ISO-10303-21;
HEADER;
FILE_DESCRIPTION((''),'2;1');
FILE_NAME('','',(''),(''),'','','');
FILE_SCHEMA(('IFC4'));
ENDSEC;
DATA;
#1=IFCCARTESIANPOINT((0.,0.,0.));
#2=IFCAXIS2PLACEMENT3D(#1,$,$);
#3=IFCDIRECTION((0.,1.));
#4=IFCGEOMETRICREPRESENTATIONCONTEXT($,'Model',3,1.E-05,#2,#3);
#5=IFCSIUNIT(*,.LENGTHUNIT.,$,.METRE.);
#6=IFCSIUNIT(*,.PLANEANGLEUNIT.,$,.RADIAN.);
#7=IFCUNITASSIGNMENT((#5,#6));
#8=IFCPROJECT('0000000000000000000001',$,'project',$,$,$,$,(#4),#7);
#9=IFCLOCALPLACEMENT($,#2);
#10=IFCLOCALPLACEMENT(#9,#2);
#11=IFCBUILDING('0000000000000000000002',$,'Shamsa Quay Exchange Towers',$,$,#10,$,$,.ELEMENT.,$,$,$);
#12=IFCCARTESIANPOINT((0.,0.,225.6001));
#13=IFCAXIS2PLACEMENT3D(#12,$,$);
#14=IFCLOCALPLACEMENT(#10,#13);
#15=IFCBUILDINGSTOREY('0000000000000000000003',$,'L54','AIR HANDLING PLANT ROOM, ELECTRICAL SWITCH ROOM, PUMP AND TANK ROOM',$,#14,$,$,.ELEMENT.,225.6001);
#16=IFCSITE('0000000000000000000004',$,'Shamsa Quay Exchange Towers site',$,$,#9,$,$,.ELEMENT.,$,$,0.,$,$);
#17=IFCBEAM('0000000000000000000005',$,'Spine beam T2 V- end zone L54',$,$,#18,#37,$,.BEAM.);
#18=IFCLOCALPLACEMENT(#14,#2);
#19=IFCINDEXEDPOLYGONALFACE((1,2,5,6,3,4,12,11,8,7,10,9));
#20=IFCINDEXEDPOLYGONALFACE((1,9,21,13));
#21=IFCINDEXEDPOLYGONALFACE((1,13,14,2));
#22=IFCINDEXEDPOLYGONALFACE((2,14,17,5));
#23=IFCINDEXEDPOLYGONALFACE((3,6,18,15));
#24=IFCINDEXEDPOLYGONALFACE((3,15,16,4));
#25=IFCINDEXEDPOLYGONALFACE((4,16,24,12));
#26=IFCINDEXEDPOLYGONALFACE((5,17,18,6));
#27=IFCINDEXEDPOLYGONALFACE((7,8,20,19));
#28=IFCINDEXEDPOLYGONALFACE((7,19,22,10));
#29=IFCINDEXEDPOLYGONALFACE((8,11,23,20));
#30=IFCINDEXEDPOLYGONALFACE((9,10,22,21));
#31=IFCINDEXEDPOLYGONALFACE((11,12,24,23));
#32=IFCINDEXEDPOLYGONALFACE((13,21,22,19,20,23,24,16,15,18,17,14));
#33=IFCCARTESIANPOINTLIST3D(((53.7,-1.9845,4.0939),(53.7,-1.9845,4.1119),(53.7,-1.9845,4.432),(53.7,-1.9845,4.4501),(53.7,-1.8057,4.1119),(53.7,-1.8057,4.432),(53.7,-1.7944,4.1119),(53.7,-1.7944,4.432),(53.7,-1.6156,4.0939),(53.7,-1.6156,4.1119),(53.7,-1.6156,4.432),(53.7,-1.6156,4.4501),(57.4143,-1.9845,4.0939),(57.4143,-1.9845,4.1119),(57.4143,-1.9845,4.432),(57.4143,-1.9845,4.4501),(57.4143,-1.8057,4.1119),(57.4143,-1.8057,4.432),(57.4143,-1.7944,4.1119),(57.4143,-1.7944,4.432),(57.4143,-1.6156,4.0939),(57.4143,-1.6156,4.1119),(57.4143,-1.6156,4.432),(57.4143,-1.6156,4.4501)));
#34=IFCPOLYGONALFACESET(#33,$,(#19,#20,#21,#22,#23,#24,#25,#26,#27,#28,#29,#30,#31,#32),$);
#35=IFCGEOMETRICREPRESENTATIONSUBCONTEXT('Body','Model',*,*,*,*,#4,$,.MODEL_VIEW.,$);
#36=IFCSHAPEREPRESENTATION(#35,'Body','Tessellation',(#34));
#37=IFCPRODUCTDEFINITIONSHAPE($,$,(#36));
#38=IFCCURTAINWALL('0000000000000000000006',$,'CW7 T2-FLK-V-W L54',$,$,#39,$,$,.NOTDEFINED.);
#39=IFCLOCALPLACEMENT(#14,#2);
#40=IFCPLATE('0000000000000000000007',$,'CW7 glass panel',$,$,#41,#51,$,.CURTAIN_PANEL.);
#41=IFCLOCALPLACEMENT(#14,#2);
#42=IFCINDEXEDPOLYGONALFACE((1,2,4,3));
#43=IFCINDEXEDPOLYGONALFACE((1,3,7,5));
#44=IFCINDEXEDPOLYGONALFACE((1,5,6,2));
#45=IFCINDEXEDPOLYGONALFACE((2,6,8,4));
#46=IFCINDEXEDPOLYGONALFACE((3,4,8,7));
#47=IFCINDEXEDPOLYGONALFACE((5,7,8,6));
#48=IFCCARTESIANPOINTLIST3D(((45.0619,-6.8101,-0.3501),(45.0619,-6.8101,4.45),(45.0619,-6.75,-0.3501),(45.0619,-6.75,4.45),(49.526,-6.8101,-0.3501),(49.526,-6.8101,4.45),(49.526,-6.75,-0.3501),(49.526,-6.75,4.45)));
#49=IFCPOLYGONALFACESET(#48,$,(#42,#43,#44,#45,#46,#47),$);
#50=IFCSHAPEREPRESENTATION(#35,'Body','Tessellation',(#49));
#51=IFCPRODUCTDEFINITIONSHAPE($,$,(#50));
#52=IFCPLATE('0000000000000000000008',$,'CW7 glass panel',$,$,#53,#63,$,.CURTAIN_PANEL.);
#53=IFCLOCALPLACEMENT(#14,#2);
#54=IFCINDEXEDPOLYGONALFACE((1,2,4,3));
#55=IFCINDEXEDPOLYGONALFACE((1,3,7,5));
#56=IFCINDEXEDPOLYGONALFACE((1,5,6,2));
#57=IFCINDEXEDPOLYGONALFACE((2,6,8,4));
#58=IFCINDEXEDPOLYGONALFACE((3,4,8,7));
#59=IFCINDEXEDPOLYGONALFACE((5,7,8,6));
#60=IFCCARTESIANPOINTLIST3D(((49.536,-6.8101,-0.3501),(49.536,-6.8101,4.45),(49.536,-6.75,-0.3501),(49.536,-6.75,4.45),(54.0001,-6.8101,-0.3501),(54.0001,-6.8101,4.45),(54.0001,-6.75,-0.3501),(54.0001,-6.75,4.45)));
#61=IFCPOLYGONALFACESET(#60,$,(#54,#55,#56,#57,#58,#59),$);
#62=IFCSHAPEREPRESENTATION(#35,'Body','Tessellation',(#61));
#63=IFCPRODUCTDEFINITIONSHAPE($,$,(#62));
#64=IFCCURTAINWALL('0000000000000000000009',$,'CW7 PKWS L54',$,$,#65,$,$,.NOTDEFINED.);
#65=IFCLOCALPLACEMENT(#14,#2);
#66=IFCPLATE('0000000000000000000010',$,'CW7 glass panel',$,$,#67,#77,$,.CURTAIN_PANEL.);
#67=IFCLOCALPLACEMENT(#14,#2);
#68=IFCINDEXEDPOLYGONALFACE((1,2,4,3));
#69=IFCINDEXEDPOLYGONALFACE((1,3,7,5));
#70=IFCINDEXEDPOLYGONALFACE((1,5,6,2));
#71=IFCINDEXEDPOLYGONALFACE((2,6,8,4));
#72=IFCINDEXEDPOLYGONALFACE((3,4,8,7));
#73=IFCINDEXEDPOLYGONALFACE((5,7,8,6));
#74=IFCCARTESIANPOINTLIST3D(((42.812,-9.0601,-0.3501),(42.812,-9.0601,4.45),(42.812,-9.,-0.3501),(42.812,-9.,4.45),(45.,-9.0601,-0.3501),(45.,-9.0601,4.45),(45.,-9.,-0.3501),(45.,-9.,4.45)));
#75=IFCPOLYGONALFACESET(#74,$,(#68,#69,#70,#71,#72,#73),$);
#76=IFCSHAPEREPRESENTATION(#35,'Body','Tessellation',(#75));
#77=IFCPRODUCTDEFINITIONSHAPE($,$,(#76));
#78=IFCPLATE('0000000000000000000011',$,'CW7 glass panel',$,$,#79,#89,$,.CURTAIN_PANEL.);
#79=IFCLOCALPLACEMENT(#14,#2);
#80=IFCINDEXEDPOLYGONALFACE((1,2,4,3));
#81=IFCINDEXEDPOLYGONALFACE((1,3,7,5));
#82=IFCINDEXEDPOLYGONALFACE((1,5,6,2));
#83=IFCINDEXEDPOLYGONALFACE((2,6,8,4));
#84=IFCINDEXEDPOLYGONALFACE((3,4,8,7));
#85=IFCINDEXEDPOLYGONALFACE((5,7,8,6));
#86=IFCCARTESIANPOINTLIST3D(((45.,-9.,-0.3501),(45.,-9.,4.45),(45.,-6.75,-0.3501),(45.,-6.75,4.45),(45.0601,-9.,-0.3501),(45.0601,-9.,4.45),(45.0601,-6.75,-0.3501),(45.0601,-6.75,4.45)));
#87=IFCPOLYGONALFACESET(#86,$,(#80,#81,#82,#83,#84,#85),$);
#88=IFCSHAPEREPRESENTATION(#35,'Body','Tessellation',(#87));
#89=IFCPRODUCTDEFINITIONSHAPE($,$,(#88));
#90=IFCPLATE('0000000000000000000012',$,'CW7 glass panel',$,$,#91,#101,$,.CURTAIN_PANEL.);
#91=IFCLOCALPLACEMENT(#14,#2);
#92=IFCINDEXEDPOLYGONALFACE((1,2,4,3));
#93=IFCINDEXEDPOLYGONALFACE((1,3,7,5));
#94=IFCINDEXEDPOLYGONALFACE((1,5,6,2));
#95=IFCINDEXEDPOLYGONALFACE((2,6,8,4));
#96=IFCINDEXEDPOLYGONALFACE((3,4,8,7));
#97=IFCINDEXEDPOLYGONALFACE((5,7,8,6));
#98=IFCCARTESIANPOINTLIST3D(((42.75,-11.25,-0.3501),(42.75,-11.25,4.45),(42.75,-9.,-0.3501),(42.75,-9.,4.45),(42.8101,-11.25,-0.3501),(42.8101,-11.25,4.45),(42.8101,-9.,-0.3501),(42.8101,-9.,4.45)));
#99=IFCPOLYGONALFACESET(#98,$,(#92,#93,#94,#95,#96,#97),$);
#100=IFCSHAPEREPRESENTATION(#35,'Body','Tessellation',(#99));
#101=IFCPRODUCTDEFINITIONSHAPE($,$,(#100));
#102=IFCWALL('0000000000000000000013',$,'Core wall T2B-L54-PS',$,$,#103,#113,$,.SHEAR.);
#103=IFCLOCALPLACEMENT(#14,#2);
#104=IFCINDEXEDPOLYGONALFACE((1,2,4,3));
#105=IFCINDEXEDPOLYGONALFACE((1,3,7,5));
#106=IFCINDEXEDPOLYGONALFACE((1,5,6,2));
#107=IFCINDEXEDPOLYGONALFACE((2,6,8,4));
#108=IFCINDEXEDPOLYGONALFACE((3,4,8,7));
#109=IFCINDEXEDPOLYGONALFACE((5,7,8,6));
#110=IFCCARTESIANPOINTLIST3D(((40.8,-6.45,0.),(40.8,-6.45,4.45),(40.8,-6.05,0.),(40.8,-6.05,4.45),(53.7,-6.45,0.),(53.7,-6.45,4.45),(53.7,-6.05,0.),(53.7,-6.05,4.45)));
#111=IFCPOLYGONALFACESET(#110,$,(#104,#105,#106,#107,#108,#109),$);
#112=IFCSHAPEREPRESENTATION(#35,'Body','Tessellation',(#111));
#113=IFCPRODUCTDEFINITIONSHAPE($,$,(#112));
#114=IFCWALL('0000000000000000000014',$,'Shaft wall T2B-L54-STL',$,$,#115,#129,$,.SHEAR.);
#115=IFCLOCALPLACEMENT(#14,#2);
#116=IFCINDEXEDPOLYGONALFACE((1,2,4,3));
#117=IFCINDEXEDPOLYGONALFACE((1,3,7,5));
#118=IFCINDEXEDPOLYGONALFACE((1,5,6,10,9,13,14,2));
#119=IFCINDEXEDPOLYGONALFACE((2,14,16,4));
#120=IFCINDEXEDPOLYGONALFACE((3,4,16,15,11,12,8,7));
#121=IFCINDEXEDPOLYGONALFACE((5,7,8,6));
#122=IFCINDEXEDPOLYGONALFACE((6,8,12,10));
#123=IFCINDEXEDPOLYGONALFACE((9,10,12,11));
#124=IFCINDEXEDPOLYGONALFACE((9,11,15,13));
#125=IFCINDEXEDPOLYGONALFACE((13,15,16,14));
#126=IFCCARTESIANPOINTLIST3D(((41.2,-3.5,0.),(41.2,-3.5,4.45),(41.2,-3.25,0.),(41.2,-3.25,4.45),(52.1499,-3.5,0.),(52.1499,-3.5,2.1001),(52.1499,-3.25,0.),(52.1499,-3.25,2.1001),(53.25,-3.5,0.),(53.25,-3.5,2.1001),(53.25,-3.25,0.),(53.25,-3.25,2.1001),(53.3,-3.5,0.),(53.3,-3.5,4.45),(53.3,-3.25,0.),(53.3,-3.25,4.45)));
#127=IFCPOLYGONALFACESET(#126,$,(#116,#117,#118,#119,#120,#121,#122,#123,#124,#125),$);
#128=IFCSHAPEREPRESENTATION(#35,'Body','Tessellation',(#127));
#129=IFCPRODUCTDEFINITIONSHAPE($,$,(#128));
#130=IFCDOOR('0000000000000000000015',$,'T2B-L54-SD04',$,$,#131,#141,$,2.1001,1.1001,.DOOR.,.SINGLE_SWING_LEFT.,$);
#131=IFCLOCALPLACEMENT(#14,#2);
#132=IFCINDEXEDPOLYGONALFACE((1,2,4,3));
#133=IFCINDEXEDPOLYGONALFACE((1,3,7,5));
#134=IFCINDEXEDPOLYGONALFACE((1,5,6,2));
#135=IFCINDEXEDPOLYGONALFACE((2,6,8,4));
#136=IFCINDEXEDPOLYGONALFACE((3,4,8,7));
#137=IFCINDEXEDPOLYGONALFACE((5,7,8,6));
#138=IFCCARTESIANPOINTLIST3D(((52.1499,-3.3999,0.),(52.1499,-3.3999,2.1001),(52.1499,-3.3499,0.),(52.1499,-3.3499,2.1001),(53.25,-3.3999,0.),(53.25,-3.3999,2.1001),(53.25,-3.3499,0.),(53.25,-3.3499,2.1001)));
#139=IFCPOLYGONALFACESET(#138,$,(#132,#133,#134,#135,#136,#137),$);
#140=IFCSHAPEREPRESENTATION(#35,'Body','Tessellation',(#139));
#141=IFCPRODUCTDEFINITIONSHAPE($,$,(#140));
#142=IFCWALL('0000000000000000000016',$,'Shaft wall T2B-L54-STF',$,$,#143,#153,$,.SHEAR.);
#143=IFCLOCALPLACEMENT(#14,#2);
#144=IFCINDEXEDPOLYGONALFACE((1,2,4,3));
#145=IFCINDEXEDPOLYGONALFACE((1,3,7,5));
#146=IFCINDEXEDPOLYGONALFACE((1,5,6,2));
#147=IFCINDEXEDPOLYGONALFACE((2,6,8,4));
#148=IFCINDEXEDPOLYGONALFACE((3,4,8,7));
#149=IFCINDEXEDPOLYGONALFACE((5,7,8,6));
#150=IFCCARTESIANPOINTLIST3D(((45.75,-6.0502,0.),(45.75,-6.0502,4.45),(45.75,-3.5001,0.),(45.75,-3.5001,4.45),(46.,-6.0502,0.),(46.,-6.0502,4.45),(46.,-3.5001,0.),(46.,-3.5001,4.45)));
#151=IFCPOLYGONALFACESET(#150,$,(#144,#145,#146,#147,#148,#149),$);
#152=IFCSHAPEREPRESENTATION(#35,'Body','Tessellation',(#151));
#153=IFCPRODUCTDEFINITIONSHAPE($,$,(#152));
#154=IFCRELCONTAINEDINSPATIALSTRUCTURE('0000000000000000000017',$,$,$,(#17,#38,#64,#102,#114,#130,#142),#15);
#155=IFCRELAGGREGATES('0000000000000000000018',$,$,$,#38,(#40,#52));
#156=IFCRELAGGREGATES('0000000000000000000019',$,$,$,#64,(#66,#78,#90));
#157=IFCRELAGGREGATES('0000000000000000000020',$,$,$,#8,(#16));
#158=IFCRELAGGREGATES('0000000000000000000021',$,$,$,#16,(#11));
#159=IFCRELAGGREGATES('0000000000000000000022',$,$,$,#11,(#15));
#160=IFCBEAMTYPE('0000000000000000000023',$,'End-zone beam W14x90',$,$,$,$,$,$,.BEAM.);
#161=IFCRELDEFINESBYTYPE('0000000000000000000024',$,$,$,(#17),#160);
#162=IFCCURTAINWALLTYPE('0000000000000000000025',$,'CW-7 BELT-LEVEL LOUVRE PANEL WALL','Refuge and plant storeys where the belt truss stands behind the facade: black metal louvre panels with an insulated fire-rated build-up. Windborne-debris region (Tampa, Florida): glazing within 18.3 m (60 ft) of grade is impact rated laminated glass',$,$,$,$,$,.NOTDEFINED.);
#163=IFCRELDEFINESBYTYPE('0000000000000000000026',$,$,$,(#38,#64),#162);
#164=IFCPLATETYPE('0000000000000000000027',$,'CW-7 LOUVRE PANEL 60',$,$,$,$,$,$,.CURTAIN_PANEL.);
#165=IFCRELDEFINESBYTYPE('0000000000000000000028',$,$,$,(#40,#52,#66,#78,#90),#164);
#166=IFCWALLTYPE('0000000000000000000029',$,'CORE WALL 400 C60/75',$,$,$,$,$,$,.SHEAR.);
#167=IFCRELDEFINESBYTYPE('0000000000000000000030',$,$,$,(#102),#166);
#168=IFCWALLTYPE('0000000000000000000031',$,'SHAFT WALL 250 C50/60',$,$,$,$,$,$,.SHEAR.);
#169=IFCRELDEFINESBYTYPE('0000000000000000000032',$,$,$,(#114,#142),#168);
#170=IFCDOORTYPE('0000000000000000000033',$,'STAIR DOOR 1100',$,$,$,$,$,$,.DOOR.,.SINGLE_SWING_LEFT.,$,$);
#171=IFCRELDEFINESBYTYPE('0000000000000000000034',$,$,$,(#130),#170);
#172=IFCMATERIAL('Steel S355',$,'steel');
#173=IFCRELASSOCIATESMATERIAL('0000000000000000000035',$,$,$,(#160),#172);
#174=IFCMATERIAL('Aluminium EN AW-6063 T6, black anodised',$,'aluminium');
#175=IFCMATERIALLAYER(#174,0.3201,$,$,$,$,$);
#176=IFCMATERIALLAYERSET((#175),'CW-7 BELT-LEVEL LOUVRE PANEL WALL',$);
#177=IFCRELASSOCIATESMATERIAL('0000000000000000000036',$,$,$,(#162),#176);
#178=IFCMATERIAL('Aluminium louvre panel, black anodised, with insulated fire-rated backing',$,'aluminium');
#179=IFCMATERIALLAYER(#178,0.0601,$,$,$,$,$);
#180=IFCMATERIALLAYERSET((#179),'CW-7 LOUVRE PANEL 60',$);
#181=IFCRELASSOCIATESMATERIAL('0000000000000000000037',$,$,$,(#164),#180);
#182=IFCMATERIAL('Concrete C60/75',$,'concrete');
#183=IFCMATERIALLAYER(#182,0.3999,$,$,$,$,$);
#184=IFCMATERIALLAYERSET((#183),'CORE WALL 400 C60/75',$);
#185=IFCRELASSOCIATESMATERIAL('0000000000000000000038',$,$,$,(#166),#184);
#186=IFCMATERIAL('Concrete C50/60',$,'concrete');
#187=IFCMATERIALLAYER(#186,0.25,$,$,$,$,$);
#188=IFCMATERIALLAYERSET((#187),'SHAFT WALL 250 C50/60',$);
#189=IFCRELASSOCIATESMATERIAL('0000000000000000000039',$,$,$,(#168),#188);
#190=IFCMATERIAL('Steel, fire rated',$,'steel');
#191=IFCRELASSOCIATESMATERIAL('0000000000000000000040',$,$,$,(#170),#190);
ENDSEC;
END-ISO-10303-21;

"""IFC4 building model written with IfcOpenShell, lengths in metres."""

from ifc_helpers import new_model, si_unit, direction, frame, frame_2d, origin, origin_2d, place, context, subcontext, project, spatial, rectangle, i_section, extrude, material, layer, layer_set, material_profile, profile_set, type_object, element, fill, aggregate, save


model = new_model("IFC4")

# Units and contexts
model_context = context("Model", 3, precision=1e-05, world=origin(), true_north=direction((0.0, 1.0)))
body_context = subcontext(model_context, "Body", "Model", "MODEL_VIEW")
ifc_project = project(units=[si_unit("LENGTHUNIT", "METRE"), si_unit("PLANEANGLEUNIT", "RADIAN")], contexts=[model_context])

# Site, building, storey
site_placement = place(None, origin())
site = spatial("IfcSite", under=ifc_project, at=site_placement, Name="Shamsa Quay Exchange Towers site", CompositionType="ELEMENT", RefElevation=0.0)
building_placement = place(site_placement, origin())
building = spatial("IfcBuilding", under=site, at=building_placement, Name="Shamsa Quay Exchange Towers", CompositionType="ELEMENT")
storey_placement = place(building_placement, frame((0.0, 0.0, 225.6001)))
storey = spatial("IfcBuildingStorey", under=building, at=storey_placement, Name="L54", Description="AIR HANDLING PLANT ROOM, ELECTRICAL SWITCH ROOM, PUMP AND TANK ROOM", CompositionType="ELEMENT", Elevation=225.6001)

# Beam
ifc_material_1 = material(Name="Steel S355", Category="steel")
ifc_material_profile = material_profile(ifc_material_1, i_section(OverallWidth=0.3689, OverallDepth=0.3562, WebThickness=0.0112, FlangeThickness=0.0181, at=origin_2d()), Name="W14x90")
ifc_profile_set = profile_set([ifc_material_profile], Name="Steel S355")
beam_type = type_object("IfcBeamType", Name="End-zone beam W14x90", PredefinedType="BEAM", material=ifc_profile_set)
beam_placement = place(storey_placement, frame((53.7, -1.8, 4.272), z_axis=(1.0, 0.0, 0.0), x_axis=(0.0, 1.0, 0.0)))
element("IfcBeam", 1, at=beam_placement, inside=storey, type_object=beam_type, Name="Spine beam T2 V- end zone L54", PredefinedType="BEAM", context=body_context, shape_type="SweptSolid", body=[
    extrude(i_section(OverallWidth=0.3689, OverallDepth=0.3562, WebThickness=0.0112, FlangeThickness=0.0181, at=origin_2d()), origin(), (0.0, 0.0, 1.0), 3.7144),
])

# Curtain walls, plates
ifc_material_2 = material(Name="Aluminium EN AW-6063 T6, black anodised", Category="aluminium")
ifc_layer_1 = layer(ifc_material_2, 0.3201)
ifc_layer_set_1 = layer_set([ifc_layer_1], Name="CW-7 BELT-LEVEL LOUVRE PANEL WALL")
curtain_wall_type = type_object("IfcCurtainWallType", Name="CW-7 BELT-LEVEL LOUVRE PANEL WALL", Description="Refuge and plant storeys where the belt truss stands behind the facade: black metal louvre panels with an insulated fire-rated build-up. Windborne-debris region (Tampa, Florida): glazing within 18.3 m (60 ft) of grade is impact rated laminated glass", PredefinedType="NOTDEFINED", material=ifc_layer_set_1)
curtain_wall_1_placement = place(storey_placement, origin())
curtain_wall_1 = element("IfcCurtainWall", 2, at=curtain_wall_1_placement, inside=storey, type_object=curtain_wall_type, Name="CW7 T2-FLK-V-W L54", PredefinedType="NOTDEFINED")
ifc_material_3 = material(Name="Aluminium louvre panel, black anodised, with insulated fire-rated backing", Category="aluminium")
ifc_layer_2 = layer(ifc_material_3, 0.0601)
ifc_layer_set_2 = layer_set([ifc_layer_2], Name="CW-7 LOUVRE PANEL 60")
plate_type = type_object("IfcPlateType", Name="CW-7 LOUVRE PANEL 60", PredefinedType="CURTAIN_PANEL", material=ifc_layer_set_2)
plate_1_placement = place(storey_placement, frame((47.2939, -6.78, -0.3501)))
plate_1 = element("IfcPlate", 3, at=plate_1_placement, type_object=plate_type, Name="CW7 glass panel", PredefinedType="CURTAIN_PANEL", context=body_context, shape_type="SweptSolid", body=[
    extrude(rectangle(XDim=4.4641, YDim=0.0601, at=origin_2d()), origin(), (0.0, 0.0, 1.0), 4.8),
])
plate_2_placement = place(storey_placement, frame((51.7681, -6.78, -0.3501)))
plate_2 = element("IfcPlate", 4, at=plate_2_placement, type_object=plate_type, Name="CW7 glass panel", PredefinedType="CURTAIN_PANEL", context=body_context, shape_type="SweptSolid", body=[
    extrude(rectangle(XDim=4.4641, YDim=0.0601, at=origin_2d()), origin(), (0.0, 0.0, 1.0), 4.8),
])
aggregate(curtain_wall_1, [plate_1, plate_2])
curtain_wall_2_placement = place(storey_placement, origin())
curtain_wall_2 = element("IfcCurtainWall", 5, at=curtain_wall_2_placement, inside=storey, type_object=curtain_wall_type, Name="CW7 PKWS L54", PredefinedType="NOTDEFINED")
plate_3_placement = place(storey_placement, frame((43.906, -9.03, -0.3501)))
plate_3 = element("IfcPlate", 6, at=plate_3_placement, type_object=plate_type, Name="CW7 glass panel", PredefinedType="CURTAIN_PANEL", context=body_context, shape_type="SweptSolid", body=[
    extrude(rectangle(XDim=2.188, YDim=0.0601, at=origin_2d()), origin(), (0.0, 0.0, 1.0), 4.8),
])
plate_4_placement = place(storey_placement, frame((45.03, -7.875, -0.3501), z_axis=(0.0, 0.0, 1.0), x_axis=(0.0, 1.0, 0.0)))
plate_4 = element("IfcPlate", 7, at=plate_4_placement, type_object=plate_type, Name="CW7 glass panel", PredefinedType="CURTAIN_PANEL", context=body_context, shape_type="SweptSolid", body=[
    extrude(rectangle(XDim=2.25, YDim=0.0601, at=origin_2d()), origin(), (0.0, 0.0, 1.0), 4.8),
])
plate_5_placement = place(storey_placement, frame((42.78, -10.125, -0.3501), z_axis=(0.0, 0.0, 1.0), x_axis=(0.0, 1.0, 0.0)))
plate_5 = element("IfcPlate", 8, at=plate_5_placement, type_object=plate_type, Name="CW7 glass panel", PredefinedType="CURTAIN_PANEL", context=body_context, shape_type="SweptSolid", body=[
    extrude(rectangle(XDim=2.25, YDim=0.0601, at=origin_2d()), origin(), (0.0, 0.0, 1.0), 4.8),
])
aggregate(curtain_wall_2, [plate_3, plate_4, plate_5])

# Wall
ifc_material_4 = material(Name="Concrete C60/75", Category="concrete")
ifc_layer_3 = layer(ifc_material_4, 0.3999)
ifc_layer_set_3 = layer_set([ifc_layer_3], Name="CORE WALL 400 C60/75")
wall_type_1 = type_object("IfcWallType", Name="CORE WALL 400 C60/75", PredefinedType="SHEAR", material=ifc_layer_set_3)
wall_1_placement = place(storey_placement, frame((53.7, -6.25, 0.0), z_axis=(0.0, 0.0, 1.0), x_axis=(-1.0, 0.0, 0.0)))
element("IfcWall", 9, at=wall_1_placement, inside=storey, type_object=wall_type_1, Name="Core wall T2B-L54-PS", PredefinedType="SHEAR", context=body_context, shape_type="SweptSolid", body=[
    extrude(rectangle(XDim=12.8999, YDim=0.3999, at=frame_2d((6.45, 0.0))), origin(), (0.0, 0.0, 1.0), 4.45),
])

# Wall, opening, door
ifc_material_5 = material(Name="Steel, fire rated", Category="steel")
ifc_material_6 = material(Name="Concrete C50/60", Category="concrete")
ifc_layer_4 = layer(ifc_material_6, 0.25)
ifc_layer_set_4 = layer_set([ifc_layer_4], Name="SHAFT WALL 250 C50/60")
wall_type_2 = type_object("IfcWallType", Name="SHAFT WALL 250 C50/60", PredefinedType="SHEAR", material=ifc_layer_set_4)
wall_2_placement = place(storey_placement, frame((53.3, -3.375, 0.0), z_axis=(0.0, 0.0, 1.0), x_axis=(-1.0, 0.0, 0.0)))
wall_2 = element("IfcWall", 10, at=wall_2_placement, inside=storey, type_object=wall_type_2, Name="Shaft wall T2B-L54-STL", PredefinedType="SHEAR", context=body_context, shape_type="SweptSolid", body=[
    extrude(rectangle(XDim=12.1001, YDim=0.25, at=frame_2d((6.05, 0.0))), origin(), (0.0, 0.0, 1.0), 4.45),
])
opening_1_placement = place(wall_2_placement, frame((0.05, 0.0, 0.0)))
opening_1 = element("IfcOpeningElement", 11, at=opening_1_placement, cuts=wall_2, PredefinedType="OPENING", context=body_context, shape_type="SweptSolid", body=[
    extrude(rectangle(XDim=1.1001, YDim=2.1001, at=frame_2d((0.55, 1.05))), frame((0.0, 0.135, 0.0), z_axis=(0.0, -1.0, 0.0), x_axis=(1.0, 0.0, 0.0)), (0.0, 0.0, 1.0), 0.27),
])
door_type_1 = type_object("IfcDoorType", Name="STAIR DOOR 1100", OperationType="SINGLE_SWING_LEFT", PredefinedType="DOOR", material=ifc_material_5)
door_1_placement = place(opening_1_placement, origin())
door_1 = element("IfcDoor", 12, at=door_1_placement, inside=storey, type_object=door_type_1, Name="T2B-L54-SD04", OperationType="SINGLE_SWING_LEFT", OverallHeight=2.1001, OverallWidth=1.1001, PredefinedType="DOOR", context=body_context, shape_type="SweptSolid", body=[
    extrude(rectangle(XDim=1.1001, YDim=2.1001, at=frame_2d((0.55, 1.05))), frame((0.0, 0.0249, 0.0), z_axis=(0.0, -1.0, 0.0), x_axis=(1.0, 0.0, 0.0)), (0.0, 0.0, 1.0), 0.05),
])
fill(opening_1, door_1)

# Wall
wall_3_placement = place(storey_placement, frame((45.875, -6.05, 0.0), z_axis=(0.0, 0.0, 1.0), x_axis=(0.0, 1.0, 0.0)))
element("IfcWall", 13, at=wall_3_placement, inside=storey, type_object=wall_type_2, Name="Shaft wall T2B-L54-STF", PredefinedType="SHEAR", context=body_context, shape_type="SweptSolid", body=[
    extrude(rectangle(XDim=2.55, YDim=0.25, at=frame_2d((1.2749, 0.0))), origin(), (0.0, 0.0, 1.0), 4.45),
])

save(model, "model.ifc")
